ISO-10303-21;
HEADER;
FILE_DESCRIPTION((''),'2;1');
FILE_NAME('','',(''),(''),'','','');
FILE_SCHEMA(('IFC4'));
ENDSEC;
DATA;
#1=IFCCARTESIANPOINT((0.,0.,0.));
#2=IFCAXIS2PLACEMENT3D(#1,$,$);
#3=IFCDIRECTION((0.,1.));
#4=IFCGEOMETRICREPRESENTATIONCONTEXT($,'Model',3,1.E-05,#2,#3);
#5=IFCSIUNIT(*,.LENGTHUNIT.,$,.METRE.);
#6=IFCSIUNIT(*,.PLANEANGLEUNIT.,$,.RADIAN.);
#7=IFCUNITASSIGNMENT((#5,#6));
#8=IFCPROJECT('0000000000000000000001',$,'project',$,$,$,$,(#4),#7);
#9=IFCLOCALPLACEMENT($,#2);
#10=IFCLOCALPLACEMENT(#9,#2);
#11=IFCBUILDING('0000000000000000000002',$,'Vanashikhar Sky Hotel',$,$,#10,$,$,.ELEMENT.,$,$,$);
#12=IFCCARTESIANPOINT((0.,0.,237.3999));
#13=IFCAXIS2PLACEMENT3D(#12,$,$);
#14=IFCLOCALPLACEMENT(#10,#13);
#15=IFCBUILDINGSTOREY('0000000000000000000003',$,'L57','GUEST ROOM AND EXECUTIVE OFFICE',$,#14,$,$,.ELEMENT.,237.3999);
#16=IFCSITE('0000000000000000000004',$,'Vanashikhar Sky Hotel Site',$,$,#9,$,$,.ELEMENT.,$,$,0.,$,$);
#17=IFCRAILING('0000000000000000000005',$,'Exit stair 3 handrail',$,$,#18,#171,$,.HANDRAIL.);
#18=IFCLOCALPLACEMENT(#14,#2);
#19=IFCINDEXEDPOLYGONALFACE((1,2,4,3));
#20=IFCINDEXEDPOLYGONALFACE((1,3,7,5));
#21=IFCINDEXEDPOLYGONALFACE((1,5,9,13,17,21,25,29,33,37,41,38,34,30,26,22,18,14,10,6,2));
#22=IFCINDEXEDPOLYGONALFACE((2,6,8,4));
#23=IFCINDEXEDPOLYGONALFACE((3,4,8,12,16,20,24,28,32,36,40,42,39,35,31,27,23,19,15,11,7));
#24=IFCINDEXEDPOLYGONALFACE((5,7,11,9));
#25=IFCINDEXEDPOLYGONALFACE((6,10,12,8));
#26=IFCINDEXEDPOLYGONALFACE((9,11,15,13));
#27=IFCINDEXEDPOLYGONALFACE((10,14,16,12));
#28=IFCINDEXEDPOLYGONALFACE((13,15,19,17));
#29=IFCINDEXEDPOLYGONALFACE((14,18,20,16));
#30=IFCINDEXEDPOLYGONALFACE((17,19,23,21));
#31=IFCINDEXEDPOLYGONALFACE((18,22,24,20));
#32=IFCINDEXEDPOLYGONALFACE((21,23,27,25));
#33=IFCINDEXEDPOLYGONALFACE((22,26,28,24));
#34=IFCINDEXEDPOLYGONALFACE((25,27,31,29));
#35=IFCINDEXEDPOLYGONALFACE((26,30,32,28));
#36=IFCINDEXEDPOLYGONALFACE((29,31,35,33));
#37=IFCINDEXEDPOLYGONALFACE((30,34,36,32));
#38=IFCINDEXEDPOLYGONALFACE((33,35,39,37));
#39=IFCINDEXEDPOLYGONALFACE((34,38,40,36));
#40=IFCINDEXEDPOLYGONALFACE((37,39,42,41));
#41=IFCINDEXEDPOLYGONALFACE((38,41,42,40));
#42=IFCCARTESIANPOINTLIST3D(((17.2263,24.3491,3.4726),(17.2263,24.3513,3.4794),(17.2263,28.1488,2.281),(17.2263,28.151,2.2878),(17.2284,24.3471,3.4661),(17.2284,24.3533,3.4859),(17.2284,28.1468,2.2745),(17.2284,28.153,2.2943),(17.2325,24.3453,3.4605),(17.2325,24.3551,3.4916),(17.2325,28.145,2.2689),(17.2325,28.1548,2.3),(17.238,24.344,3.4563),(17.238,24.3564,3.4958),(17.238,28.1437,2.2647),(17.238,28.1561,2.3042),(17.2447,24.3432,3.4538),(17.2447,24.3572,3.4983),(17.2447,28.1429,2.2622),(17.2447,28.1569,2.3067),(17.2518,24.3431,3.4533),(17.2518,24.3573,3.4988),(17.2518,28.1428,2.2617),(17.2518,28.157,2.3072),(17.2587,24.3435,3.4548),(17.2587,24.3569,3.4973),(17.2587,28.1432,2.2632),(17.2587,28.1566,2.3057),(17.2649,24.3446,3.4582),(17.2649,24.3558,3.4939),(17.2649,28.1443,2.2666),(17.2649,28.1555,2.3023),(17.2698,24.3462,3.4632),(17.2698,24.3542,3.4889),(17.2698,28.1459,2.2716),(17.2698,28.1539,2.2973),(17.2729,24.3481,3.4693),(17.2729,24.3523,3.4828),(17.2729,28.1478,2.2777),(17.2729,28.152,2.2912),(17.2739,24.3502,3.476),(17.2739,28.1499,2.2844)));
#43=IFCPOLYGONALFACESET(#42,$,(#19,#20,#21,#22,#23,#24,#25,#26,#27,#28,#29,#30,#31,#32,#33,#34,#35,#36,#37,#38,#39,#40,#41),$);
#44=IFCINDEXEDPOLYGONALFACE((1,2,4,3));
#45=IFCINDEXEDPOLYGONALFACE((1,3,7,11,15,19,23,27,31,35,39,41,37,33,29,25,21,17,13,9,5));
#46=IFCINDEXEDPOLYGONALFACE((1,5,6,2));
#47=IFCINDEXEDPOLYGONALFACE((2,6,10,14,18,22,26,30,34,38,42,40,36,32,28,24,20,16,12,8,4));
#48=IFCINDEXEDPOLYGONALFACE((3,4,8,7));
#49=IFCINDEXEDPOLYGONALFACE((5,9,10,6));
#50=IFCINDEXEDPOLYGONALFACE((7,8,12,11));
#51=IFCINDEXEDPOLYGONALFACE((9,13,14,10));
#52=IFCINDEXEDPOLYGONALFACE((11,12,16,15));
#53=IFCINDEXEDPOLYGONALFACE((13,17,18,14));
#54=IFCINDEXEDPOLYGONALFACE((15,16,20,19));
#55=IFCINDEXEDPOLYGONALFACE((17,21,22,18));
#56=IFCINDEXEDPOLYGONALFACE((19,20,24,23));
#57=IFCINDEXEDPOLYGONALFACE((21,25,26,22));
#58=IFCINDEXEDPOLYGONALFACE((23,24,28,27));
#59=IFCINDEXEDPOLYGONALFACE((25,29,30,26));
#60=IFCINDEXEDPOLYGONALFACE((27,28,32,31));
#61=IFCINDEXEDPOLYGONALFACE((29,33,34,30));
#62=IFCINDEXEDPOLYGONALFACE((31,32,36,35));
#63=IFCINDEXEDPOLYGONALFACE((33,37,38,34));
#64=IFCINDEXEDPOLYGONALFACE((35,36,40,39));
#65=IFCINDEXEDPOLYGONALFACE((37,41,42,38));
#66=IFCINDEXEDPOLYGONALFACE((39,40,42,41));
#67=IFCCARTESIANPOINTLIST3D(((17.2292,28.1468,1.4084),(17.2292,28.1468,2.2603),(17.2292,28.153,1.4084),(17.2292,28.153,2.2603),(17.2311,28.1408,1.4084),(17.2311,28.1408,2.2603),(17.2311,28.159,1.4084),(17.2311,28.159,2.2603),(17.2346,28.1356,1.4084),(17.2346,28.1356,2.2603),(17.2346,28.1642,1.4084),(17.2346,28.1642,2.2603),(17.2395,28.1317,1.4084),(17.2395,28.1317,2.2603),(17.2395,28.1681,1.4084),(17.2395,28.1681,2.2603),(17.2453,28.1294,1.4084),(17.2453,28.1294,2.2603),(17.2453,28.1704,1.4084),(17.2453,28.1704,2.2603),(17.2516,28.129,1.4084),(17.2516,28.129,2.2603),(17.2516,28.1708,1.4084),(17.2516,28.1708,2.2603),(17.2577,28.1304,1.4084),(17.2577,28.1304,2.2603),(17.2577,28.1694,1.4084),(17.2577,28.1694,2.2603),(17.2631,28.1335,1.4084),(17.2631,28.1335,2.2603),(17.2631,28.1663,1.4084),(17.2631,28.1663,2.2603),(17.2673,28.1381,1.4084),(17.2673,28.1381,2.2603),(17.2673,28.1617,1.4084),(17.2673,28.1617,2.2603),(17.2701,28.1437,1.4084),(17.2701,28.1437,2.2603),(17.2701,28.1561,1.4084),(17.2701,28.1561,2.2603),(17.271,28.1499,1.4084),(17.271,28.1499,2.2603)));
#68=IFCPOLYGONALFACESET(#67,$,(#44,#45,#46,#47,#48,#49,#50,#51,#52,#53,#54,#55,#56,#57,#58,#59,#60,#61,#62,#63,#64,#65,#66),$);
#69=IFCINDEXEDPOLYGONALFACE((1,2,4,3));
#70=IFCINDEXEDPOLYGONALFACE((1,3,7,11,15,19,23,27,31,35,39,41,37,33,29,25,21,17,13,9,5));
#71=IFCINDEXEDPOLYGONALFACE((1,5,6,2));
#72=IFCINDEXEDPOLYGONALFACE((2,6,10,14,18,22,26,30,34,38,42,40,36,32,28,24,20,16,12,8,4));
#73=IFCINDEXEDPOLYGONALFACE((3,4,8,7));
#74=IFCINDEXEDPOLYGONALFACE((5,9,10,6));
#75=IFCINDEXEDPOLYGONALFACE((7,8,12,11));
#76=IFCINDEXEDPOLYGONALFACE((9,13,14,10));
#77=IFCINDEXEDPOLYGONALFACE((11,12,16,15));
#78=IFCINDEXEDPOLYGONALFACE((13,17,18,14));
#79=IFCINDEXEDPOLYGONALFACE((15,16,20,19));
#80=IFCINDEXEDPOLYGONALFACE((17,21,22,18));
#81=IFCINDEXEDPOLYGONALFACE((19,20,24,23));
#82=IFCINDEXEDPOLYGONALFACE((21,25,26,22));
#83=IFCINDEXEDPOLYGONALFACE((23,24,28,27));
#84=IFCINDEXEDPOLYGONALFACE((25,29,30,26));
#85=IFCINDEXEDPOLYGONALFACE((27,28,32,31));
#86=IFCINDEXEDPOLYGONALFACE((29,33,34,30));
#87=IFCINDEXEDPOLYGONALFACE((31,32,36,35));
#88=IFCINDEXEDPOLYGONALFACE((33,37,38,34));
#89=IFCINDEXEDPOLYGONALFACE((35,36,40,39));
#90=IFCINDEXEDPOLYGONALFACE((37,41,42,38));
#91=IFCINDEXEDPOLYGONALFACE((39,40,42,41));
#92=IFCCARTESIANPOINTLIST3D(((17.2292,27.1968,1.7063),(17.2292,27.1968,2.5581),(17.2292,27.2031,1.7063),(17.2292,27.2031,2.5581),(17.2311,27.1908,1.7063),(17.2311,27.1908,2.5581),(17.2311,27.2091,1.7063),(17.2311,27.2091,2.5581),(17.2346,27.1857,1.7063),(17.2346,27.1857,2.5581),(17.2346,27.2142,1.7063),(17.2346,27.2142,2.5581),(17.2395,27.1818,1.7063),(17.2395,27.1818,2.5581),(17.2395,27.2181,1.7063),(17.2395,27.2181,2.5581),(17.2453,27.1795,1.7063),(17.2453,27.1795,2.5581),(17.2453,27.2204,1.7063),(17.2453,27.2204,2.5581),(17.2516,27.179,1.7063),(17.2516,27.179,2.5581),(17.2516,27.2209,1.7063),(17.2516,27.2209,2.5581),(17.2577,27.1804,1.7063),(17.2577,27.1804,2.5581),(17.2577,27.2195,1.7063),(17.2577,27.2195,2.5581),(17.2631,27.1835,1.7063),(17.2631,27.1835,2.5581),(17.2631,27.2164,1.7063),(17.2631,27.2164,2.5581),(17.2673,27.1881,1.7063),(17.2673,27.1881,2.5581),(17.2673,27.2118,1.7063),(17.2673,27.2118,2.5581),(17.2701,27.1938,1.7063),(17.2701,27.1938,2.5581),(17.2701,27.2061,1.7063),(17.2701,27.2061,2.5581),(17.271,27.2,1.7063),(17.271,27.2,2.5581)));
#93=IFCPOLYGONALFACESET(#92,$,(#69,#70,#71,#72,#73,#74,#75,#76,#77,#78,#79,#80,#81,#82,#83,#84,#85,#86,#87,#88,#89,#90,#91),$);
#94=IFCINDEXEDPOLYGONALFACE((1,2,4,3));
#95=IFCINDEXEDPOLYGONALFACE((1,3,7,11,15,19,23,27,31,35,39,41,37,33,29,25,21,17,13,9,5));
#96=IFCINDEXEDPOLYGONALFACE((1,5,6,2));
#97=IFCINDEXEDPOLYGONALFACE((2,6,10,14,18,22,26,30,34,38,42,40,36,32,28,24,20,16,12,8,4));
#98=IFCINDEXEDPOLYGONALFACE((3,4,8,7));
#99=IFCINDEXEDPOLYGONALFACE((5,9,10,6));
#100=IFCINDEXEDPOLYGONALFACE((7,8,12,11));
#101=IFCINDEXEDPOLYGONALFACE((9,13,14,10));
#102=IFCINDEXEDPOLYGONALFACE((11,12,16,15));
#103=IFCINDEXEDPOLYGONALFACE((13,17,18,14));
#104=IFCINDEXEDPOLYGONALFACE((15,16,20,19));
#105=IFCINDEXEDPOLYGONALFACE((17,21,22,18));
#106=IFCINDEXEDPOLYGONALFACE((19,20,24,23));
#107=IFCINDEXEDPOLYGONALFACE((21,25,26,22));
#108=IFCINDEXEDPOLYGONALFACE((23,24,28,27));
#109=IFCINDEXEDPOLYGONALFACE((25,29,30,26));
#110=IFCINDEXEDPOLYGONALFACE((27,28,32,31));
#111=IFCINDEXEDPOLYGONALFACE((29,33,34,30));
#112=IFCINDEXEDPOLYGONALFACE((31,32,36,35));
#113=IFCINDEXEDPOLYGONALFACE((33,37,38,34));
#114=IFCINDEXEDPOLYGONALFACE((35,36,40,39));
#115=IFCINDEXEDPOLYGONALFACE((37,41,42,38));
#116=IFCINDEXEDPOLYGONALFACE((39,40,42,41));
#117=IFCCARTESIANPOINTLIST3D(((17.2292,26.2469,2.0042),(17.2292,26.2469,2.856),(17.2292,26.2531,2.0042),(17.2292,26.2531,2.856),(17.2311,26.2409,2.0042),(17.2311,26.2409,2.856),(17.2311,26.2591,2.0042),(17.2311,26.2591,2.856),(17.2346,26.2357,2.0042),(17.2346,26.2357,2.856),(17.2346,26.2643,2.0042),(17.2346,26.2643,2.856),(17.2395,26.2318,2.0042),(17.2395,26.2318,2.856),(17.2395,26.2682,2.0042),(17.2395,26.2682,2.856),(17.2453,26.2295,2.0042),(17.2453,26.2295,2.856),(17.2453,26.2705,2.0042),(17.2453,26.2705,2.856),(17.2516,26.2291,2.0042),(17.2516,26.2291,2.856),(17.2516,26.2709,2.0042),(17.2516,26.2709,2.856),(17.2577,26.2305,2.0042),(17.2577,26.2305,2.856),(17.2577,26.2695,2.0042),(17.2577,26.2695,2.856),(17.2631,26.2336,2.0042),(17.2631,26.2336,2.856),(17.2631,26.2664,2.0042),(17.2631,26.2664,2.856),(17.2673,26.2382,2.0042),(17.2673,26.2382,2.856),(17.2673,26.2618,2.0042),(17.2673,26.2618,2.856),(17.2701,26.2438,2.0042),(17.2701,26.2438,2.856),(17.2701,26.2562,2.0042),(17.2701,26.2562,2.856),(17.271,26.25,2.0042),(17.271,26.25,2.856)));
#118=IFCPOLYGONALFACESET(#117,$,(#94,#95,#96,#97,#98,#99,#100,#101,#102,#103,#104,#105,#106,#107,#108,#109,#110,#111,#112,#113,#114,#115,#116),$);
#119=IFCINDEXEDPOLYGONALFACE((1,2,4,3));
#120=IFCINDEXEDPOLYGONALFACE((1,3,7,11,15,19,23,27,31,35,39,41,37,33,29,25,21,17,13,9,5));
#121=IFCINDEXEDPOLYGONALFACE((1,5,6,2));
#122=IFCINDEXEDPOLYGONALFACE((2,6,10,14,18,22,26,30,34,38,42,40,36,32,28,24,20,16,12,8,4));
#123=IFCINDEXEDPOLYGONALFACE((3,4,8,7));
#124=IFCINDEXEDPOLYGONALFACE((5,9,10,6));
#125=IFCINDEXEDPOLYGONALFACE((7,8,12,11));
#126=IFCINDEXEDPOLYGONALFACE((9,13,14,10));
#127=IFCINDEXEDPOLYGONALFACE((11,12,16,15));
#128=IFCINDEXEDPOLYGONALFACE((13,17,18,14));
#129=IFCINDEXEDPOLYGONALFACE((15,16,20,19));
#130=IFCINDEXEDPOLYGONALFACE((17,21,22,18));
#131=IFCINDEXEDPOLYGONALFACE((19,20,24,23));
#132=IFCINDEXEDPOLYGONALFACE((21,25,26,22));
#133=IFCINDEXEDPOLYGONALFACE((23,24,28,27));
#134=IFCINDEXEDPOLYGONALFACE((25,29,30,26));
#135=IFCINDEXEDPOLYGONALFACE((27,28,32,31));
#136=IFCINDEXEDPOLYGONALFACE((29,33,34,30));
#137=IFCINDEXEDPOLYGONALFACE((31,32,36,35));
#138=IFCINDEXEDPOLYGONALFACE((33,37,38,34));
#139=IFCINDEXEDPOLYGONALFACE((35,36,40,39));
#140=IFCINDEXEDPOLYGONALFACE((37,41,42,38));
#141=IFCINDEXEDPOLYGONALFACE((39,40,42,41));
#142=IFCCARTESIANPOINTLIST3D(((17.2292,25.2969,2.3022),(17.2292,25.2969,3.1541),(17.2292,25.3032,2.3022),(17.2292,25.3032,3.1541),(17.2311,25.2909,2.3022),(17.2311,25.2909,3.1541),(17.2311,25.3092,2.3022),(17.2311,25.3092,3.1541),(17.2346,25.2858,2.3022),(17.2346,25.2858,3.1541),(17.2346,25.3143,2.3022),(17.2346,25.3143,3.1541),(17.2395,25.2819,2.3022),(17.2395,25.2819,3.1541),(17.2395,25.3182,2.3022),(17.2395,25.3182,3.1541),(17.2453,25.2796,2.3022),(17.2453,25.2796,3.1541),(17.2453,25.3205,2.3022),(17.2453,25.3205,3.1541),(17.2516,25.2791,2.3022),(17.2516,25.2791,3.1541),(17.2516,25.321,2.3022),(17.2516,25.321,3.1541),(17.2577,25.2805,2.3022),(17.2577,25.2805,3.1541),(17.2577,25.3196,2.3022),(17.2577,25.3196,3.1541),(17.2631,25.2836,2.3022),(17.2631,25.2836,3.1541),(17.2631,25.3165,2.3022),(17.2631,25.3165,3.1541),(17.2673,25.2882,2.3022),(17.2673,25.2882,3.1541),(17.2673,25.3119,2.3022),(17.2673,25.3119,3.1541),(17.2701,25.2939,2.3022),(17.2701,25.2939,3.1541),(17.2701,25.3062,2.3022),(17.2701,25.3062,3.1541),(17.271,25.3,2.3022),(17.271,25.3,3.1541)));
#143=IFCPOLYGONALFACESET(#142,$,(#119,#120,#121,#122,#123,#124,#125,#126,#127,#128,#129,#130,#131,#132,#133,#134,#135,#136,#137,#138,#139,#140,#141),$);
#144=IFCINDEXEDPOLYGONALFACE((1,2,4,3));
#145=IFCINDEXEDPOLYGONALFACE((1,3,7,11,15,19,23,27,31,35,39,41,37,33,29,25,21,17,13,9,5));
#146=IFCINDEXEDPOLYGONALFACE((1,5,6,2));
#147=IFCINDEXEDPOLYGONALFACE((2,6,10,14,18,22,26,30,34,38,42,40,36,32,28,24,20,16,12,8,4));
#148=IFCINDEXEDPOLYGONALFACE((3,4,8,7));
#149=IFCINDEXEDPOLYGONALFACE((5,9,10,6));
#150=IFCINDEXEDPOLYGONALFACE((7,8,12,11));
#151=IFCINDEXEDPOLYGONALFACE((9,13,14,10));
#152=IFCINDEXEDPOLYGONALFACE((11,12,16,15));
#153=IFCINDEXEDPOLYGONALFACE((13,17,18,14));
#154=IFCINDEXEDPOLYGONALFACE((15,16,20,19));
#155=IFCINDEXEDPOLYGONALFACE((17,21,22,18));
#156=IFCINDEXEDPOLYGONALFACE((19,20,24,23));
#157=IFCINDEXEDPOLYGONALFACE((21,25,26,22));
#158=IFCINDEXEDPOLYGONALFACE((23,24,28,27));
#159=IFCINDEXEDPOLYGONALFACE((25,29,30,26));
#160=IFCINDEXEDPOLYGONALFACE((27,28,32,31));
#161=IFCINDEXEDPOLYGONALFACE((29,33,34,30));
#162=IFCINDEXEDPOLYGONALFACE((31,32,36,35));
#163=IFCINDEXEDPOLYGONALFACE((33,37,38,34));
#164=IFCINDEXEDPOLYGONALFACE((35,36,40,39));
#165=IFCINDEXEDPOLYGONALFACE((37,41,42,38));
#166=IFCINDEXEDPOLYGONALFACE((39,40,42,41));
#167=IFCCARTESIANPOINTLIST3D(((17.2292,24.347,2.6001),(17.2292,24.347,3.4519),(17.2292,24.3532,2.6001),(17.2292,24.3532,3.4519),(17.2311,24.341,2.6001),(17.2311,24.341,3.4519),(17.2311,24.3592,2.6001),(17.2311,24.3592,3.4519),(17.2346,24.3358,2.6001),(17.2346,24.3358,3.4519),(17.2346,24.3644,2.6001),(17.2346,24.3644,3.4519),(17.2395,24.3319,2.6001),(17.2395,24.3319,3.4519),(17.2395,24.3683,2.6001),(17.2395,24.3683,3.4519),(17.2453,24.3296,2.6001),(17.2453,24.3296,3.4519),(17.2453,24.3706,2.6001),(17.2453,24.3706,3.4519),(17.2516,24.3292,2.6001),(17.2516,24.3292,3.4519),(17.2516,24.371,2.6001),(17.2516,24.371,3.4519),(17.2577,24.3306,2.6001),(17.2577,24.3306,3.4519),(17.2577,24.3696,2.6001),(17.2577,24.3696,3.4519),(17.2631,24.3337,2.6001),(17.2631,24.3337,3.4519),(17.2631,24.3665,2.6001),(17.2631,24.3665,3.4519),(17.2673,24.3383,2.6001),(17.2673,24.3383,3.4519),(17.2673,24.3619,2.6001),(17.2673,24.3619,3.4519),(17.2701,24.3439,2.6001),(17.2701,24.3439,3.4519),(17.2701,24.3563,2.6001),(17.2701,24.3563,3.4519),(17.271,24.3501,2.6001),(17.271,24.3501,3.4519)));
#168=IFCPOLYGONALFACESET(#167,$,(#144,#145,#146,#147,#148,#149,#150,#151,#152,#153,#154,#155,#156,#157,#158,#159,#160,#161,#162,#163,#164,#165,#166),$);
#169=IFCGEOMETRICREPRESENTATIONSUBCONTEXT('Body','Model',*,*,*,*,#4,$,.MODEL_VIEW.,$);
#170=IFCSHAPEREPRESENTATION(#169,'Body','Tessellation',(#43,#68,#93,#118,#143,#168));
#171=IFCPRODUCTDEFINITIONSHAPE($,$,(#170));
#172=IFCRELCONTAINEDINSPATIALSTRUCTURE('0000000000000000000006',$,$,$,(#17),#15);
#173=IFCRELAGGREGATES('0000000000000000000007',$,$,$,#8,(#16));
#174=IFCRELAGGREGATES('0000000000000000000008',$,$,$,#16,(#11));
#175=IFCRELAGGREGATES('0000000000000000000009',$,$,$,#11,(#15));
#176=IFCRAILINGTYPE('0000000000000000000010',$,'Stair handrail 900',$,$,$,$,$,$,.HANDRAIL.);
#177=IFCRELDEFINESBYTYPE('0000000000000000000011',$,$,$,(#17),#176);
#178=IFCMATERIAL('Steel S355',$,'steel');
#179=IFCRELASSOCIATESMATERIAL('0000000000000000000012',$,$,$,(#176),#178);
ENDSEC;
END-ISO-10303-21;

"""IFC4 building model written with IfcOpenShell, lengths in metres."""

from ifc_helpers import new_model, si_unit, direction, frame, origin, origin_2d, place, context, subcontext, project, spatial, circle, extrude, source, transform, mapped, material, type_object, element, save


model = new_model("IFC4")

# Units and contexts
model_context = context("Model", 3, precision=1e-05, world=origin(), true_north=direction((0.0, 1.0)))
body_context = subcontext(model_context, "Body", "Model", "MODEL_VIEW")
ifc_project = project(units=[si_unit("LENGTHUNIT", "METRE"), si_unit("PLANEANGLEUNIT", "RADIAN")], contexts=[model_context])

# Site, building, storey
site_placement = place(None, origin())
site = spatial("IfcSite", under=ifc_project, at=site_placement, Name="Vanashikhar Sky Hotel Site", CompositionType="ELEMENT", RefElevation=0.0)
building_placement = place(site_placement, origin())
building = spatial("IfcBuilding", under=site, at=building_placement, Name="Vanashikhar Sky Hotel", CompositionType="ELEMENT")
storey_placement = place(building_placement, frame((0.0, 0.0, 237.3999)))
storey = spatial("IfcBuildingStorey", under=building, at=storey_placement, Name="L57", Description="GUEST ROOM AND EXECUTIVE OFFICE", CompositionType="ELEMENT", Elevation=237.3999)

# Railing
ifc_material_1 = material(Name="Steel S355", Category="steel")
railing_type = type_object("IfcRailingType", Name="Stair handrail 900", PredefinedType="HANDRAIL", material=ifc_material_1)
shared_shape_1 = source(origin(), body_context, "Body", "SweptSolid", [
    extrude(circle(Radius=0.0239, at=origin_2d()), frame((0.0, 0.0, 0.876), z_axis=(0.0, -0.954178, 0.299238), x_axis=(1.0, 0.0, 0.0)), (0.0, 0.0, 1.0), 3.9822),
    extrude(circle(Radius=0.021, at=origin_2d()), origin(), (0.0, 0.0, 1.0), 0.8518),
    extrude(circle(Radius=0.021, at=origin_2d()), frame((0.0, -0.95, 0.2979)), (0.0, 0.0, 1.0), 0.8518),
    extrude(circle(Radius=0.021, at=origin_2d()), frame((0.0, -1.8999, 0.5957)), (0.0, 0.0, 1.0), 0.8518),
    extrude(circle(Radius=0.021, at=origin_2d()), frame((0.0, -2.8499, 0.8938)), (0.0, 0.0, 1.0), 0.8518),
    extrude(circle(Radius=0.021, at=origin_2d()), frame((0.0, -3.7998, 1.1917)), (0.0, 0.0, 1.0), 0.8518),
])
railing_placement = place(storey_placement, frame((17.25, 28.1499, 1.4084)))
element("IfcRailing", 1, at=railing_placement, inside=storey, type_object=railing_type, Name="Exit stair 3 handrail", PredefinedType="HANDRAIL", context=body_context, shape_type="MappedRepresentation", body=[
    mapped(shared_shape_1, transform((0.0, 0.0, 0.0), scale=1.0)),
])

save(model, "model.ifc")
